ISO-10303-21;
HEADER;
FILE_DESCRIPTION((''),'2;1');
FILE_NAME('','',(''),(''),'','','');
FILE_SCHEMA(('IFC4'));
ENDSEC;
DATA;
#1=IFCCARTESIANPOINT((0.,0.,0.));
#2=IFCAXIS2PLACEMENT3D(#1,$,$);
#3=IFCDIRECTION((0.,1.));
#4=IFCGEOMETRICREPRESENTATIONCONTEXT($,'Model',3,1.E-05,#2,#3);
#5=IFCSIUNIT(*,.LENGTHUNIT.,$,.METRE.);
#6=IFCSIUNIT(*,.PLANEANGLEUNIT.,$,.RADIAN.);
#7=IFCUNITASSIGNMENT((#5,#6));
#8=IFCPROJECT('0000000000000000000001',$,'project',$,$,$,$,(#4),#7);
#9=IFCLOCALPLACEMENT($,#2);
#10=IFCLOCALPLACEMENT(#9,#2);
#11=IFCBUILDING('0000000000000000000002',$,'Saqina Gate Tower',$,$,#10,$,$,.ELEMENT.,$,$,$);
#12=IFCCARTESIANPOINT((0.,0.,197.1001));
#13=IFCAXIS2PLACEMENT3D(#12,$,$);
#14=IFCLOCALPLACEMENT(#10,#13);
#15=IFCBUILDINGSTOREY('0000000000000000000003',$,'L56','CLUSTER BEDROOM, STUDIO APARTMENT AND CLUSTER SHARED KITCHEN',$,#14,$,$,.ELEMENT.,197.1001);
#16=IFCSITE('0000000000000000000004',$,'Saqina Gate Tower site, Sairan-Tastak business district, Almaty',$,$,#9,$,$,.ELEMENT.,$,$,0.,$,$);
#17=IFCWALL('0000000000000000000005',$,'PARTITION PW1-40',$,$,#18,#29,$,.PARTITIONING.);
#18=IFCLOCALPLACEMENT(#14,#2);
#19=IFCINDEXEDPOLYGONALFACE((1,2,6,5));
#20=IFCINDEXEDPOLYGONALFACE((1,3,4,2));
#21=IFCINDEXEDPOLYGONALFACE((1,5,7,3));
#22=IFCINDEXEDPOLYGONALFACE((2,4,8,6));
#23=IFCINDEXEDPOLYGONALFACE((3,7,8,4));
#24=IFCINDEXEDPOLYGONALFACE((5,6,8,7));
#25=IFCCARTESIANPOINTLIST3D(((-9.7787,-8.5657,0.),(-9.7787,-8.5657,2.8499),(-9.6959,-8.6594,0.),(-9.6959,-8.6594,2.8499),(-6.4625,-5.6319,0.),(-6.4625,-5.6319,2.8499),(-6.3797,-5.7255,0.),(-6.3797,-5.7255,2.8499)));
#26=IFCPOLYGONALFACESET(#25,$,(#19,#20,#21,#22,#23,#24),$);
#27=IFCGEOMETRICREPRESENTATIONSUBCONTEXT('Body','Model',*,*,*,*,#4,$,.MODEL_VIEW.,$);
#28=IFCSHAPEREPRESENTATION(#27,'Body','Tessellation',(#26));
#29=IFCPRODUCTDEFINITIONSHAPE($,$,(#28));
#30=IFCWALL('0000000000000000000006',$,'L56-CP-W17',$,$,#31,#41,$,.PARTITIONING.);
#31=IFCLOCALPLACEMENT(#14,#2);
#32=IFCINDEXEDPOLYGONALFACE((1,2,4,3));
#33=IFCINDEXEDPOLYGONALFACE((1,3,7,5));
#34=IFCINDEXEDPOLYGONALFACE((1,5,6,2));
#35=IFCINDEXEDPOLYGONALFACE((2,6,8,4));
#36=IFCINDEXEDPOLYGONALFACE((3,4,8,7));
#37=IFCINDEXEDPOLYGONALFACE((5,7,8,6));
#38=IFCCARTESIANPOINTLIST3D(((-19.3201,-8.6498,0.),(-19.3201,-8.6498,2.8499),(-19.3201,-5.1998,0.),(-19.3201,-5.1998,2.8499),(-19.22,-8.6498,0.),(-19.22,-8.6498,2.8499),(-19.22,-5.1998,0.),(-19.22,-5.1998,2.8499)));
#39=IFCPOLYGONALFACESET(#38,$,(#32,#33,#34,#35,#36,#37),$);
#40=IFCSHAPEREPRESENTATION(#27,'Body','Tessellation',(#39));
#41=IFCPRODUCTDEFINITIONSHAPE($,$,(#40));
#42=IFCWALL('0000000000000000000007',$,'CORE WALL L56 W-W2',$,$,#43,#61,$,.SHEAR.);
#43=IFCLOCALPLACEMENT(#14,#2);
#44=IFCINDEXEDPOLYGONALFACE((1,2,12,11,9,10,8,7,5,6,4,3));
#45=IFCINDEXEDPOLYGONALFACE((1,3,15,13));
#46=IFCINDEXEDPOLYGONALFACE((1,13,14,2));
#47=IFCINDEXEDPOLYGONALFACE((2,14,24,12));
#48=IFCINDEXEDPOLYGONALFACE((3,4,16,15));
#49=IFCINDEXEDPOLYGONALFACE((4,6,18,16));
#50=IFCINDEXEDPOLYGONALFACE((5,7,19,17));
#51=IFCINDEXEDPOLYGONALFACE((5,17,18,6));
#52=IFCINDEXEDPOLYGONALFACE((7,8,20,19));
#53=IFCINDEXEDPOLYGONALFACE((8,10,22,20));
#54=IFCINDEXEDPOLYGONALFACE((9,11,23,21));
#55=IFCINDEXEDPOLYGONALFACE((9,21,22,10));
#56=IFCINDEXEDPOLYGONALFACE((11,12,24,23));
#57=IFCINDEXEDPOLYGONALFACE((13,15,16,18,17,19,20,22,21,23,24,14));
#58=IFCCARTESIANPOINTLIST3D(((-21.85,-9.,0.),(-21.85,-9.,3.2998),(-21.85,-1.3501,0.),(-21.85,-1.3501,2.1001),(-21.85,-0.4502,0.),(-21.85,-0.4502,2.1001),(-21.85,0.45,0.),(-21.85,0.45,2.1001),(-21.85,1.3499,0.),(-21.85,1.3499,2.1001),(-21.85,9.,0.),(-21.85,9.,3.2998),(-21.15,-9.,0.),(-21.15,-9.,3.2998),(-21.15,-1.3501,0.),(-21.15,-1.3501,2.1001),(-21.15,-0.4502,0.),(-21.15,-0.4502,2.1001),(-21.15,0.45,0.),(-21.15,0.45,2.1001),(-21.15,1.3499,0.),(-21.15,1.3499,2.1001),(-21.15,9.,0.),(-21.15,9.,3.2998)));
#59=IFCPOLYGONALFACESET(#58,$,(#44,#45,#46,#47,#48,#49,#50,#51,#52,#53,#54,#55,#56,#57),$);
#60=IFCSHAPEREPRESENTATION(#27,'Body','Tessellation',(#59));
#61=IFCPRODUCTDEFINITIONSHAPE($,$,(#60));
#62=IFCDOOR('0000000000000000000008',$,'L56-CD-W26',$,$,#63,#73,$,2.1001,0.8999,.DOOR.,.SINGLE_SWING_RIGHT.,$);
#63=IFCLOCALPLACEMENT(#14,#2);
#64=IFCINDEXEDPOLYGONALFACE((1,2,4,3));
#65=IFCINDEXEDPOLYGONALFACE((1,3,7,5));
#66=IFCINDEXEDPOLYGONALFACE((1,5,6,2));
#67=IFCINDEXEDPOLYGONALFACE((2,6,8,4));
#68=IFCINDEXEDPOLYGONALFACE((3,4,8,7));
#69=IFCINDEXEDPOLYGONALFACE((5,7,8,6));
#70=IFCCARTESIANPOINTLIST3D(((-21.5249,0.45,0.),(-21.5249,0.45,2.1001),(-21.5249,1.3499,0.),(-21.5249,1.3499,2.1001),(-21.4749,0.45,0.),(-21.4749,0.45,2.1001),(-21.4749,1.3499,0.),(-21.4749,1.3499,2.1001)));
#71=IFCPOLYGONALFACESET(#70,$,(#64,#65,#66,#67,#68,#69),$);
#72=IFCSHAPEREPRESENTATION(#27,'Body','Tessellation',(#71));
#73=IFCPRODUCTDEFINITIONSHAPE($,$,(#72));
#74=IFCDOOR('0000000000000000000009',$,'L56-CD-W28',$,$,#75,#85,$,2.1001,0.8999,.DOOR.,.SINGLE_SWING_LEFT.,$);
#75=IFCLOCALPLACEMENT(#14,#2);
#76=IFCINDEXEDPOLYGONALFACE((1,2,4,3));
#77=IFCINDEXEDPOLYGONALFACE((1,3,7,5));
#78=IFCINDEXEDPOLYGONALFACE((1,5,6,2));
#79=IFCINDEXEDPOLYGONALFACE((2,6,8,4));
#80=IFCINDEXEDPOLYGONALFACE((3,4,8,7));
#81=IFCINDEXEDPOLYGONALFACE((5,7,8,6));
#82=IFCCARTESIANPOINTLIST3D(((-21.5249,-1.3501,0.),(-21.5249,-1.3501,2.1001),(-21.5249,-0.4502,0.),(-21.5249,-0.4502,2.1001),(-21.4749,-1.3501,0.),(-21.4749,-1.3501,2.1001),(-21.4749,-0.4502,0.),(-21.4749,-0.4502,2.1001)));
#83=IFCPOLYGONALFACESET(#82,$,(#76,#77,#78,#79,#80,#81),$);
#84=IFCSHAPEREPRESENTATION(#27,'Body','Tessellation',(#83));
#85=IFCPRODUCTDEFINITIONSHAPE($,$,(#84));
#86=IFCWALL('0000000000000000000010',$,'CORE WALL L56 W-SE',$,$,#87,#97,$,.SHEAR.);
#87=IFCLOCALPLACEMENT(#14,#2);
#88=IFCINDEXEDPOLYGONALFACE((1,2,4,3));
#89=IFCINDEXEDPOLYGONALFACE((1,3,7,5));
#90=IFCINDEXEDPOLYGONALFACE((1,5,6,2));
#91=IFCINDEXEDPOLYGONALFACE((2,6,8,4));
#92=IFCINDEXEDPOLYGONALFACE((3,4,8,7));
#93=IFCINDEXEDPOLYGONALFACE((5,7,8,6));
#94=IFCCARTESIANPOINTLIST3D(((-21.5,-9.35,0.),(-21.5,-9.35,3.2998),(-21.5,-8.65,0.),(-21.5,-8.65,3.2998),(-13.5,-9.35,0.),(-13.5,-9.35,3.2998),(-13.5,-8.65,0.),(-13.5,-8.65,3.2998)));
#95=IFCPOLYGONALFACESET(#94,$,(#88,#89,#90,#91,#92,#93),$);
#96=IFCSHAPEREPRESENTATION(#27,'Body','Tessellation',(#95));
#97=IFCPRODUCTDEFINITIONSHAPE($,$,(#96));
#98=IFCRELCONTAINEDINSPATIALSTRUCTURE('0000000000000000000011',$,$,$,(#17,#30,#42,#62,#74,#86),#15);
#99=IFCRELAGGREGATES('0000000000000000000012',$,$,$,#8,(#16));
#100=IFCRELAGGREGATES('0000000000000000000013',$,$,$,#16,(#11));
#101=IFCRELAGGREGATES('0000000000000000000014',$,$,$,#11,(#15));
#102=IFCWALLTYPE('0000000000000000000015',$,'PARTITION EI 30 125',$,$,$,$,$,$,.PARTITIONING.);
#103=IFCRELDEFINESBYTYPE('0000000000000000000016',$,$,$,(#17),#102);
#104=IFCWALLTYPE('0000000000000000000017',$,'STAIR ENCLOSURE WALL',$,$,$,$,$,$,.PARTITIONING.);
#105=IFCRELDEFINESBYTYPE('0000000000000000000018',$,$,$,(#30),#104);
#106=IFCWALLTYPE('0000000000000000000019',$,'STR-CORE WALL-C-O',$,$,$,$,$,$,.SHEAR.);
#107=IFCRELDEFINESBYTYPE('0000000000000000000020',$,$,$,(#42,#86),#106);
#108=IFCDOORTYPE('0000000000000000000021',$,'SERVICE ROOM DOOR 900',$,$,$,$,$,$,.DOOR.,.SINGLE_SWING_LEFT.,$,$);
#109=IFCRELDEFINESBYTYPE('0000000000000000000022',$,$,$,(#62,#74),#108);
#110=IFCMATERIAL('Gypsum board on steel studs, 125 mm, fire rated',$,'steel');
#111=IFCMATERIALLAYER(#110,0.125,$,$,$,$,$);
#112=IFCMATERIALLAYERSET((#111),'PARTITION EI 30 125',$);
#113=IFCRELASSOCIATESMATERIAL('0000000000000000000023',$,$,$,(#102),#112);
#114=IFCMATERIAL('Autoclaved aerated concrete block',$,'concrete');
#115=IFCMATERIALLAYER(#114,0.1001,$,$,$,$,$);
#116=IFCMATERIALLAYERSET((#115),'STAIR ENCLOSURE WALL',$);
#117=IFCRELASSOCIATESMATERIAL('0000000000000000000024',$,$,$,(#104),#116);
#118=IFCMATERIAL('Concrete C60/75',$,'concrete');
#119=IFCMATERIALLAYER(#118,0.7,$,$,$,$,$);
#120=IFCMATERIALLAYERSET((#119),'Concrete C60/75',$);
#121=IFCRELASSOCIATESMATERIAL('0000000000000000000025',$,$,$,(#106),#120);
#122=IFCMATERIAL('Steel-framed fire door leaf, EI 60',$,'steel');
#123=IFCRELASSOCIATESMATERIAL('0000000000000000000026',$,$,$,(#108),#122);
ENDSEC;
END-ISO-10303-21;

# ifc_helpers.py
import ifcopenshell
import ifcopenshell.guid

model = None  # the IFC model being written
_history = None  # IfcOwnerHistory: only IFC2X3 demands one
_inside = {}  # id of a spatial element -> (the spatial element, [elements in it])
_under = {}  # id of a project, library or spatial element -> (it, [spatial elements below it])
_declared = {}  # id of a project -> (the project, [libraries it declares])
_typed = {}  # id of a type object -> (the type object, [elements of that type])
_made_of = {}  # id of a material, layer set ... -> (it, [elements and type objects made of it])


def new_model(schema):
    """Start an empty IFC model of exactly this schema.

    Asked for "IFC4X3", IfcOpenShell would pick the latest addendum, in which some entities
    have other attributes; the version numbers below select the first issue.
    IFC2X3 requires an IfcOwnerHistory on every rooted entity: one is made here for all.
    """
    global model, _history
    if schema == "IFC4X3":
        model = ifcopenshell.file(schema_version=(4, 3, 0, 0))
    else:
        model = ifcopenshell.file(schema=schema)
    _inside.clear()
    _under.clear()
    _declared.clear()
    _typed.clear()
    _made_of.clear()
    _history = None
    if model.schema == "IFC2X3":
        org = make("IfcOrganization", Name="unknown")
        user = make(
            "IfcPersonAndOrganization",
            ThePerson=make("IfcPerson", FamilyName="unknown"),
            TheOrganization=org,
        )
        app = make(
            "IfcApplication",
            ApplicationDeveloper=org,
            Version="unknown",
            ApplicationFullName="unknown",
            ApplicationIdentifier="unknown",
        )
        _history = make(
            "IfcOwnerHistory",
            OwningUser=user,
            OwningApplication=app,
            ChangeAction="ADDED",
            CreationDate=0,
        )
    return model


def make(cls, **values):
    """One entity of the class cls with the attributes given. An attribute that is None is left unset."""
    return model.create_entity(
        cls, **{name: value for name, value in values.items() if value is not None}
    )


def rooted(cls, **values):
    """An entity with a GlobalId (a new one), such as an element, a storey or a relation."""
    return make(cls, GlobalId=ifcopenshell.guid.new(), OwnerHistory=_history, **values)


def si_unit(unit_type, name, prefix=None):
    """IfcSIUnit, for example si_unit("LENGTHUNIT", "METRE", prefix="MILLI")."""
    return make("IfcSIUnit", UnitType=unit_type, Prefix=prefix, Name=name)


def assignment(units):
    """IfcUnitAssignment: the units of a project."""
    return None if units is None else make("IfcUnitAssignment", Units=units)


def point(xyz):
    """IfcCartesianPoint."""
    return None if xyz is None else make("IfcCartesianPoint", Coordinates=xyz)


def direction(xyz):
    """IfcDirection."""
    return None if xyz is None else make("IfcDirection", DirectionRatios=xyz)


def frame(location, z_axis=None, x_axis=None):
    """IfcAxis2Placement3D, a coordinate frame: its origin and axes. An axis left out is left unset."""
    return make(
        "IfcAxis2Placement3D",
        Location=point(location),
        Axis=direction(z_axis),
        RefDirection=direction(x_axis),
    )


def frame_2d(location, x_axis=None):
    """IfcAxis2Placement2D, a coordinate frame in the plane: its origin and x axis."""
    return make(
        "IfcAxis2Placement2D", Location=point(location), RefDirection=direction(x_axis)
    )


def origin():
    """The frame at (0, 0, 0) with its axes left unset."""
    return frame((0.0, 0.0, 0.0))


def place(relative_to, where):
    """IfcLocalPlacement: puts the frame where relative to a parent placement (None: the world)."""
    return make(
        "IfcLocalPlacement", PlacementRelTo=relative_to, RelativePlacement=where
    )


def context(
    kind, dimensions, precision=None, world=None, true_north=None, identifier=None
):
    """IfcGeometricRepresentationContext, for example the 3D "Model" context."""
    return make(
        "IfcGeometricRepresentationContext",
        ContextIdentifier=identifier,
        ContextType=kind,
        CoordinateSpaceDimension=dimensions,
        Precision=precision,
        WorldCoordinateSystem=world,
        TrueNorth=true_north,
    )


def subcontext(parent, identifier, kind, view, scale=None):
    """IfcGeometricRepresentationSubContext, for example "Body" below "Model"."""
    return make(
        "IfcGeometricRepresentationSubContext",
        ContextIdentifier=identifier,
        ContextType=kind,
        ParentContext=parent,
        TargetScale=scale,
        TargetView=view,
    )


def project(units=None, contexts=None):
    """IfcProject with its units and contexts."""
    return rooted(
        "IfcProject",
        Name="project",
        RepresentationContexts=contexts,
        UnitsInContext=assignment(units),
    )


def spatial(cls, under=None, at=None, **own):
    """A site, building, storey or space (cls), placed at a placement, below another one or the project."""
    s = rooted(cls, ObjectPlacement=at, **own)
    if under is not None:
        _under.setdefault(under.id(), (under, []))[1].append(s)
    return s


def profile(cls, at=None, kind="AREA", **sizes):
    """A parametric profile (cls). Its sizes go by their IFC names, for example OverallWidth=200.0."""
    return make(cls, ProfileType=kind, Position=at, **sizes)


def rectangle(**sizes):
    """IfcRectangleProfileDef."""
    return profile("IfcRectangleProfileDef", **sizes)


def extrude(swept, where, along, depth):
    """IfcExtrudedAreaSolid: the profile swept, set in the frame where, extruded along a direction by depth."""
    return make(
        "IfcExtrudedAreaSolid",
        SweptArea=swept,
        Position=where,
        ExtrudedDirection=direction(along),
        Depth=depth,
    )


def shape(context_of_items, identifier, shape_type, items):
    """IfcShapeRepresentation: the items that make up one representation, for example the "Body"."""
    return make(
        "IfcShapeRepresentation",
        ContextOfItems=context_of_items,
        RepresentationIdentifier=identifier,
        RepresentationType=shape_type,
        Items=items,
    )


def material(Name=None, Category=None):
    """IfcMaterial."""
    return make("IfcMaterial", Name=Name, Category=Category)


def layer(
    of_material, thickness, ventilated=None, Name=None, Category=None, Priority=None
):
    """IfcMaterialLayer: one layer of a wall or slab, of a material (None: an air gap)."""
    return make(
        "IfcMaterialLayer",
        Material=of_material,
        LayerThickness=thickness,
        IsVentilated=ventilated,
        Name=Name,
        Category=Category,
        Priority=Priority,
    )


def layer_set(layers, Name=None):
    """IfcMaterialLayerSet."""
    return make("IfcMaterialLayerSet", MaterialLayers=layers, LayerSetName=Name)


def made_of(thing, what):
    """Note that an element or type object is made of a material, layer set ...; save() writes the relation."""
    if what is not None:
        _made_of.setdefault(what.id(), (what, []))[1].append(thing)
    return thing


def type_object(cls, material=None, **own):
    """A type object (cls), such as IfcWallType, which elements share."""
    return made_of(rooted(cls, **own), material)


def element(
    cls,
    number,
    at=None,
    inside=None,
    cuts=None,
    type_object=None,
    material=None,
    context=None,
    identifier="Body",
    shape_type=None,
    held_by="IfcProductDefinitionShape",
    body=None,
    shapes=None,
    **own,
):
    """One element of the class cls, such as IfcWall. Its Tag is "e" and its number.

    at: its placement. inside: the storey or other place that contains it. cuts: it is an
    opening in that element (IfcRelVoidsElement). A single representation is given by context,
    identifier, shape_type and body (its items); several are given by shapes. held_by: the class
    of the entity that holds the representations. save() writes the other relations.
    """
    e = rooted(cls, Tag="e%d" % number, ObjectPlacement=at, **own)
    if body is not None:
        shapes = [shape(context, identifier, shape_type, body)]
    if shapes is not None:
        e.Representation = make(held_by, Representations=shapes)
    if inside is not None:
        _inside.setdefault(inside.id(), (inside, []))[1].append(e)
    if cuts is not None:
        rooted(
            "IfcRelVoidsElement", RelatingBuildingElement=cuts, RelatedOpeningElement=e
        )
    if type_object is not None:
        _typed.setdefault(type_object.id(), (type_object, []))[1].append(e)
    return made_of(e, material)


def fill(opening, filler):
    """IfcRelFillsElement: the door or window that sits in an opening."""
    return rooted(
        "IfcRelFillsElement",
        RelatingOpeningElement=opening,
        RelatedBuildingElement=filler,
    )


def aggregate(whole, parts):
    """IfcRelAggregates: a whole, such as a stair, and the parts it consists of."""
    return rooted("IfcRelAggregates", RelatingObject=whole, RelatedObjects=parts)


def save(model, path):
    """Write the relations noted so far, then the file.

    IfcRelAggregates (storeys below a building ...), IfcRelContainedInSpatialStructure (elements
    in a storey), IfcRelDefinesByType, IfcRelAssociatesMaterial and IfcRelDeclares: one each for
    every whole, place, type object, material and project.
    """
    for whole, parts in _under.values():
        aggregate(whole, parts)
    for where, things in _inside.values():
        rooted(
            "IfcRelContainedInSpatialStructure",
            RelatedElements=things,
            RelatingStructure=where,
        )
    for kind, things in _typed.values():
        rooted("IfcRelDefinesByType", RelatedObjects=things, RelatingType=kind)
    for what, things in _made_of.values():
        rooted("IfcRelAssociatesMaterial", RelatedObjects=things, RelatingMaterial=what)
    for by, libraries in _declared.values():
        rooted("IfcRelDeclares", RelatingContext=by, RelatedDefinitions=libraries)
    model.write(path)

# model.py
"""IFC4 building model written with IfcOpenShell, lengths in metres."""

from ifc_helpers import new_model, si_unit, direction, frame, frame_2d, origin, place, context, subcontext, project, spatial, rectangle, extrude, material, layer, layer_set, type_object, element, fill, save


model = new_model("IFC4")

# Units and contexts
model_context = context("Model", 3, precision=1e-05, world=origin(), true_north=direction((0.0, 1.0)))
body_context = subcontext(model_context, "Body", "Model", "MODEL_VIEW")
ifc_project = project(units=[si_unit("LENGTHUNIT", "METRE"), si_unit("PLANEANGLEUNIT", "RADIAN")], contexts=[model_context])

# Site, building, storey
site_placement = place(None, origin())
site = spatial("IfcSite", under=ifc_project, at=site_placement, Name="Saqina Gate Tower site, Sairan-Tastak business district, Almaty", CompositionType="ELEMENT", RefElevation=0.0)
building_placement = place(site_placement, origin())
building = spatial("IfcBuilding", under=site, at=building_placement, Name="Saqina Gate Tower", CompositionType="ELEMENT")
storey_placement = place(building_placement, frame((0.0, 0.0, 197.1001)))
storey = spatial("IfcBuildingStorey", under=building, at=storey_placement, Name="L56", Description="CLUSTER BEDROOM, STUDIO APARTMENT AND CLUSTER SHARED KITCHEN", CompositionType="ELEMENT", Elevation=197.1001)

# Shared definitions
ifc_material_1 = material(Name="Gypsum board on steel studs, 125 mm, fire rated", Category="steel")
ifc_layer_1 = layer(ifc_material_1, 0.125)
ifc_layer_set_1 = layer_set([ifc_layer_1], Name="PARTITION EI 30 125")
wall_type_1 = type_object("IfcWallType", Name="PARTITION EI 30 125", PredefinedType="PARTITIONING", material=ifc_layer_set_1)

# Walls
wall_1_placement = place(storey_placement, frame((-9.7373, -8.6125, 0.0), z_axis=(0.0, 0.0, 1.0), x_axis=(0.748962, 0.662613, 0.0)))
element("IfcWall", 1, at=wall_1_placement, inside=storey, type_object=wall_type_1, Name="PARTITION PW1-40", PredefinedType="PARTITIONING", context=body_context, shape_type="SweptSolid", body=[
    extrude(rectangle(XDim=4.4277, YDim=0.125, at=frame_2d((2.2139, 0.0))), origin(), (0.0, 0.0, 1.0), 2.8499),
])
ifc_material_2 = material(Name="Autoclaved aerated concrete block", Category="concrete")
ifc_layer_2 = layer(ifc_material_2, 0.1001)
ifc_layer_set_2 = layer_set([ifc_layer_2], Name="STAIR ENCLOSURE WALL")
wall_type_2 = type_object("IfcWallType", Name="STAIR ENCLOSURE WALL", PredefinedType="PARTITIONING", material=ifc_layer_set_2)
wall_2_placement = place(storey_placement, frame((-19.27, -8.6499, 0.0), z_axis=(0.0, 0.0, 1.0), x_axis=(0.0, 1.0, 0.0)))
element("IfcWall", 2, at=wall_2_placement, inside=storey, type_object=wall_type_2, Name="L56-CP-W17", PredefinedType="PARTITIONING", context=body_context, shape_type="SweptSolid", body=[
    extrude(rectangle(XDim=3.45, YDim=0.1001, at=frame_2d((1.7251, 0.0))), origin(), (0.0, 0.0, 1.0), 2.8499),
])

# Wall, openings, doors
ifc_material_3 = material(Name="Concrete C60/75", Category="concrete")
ifc_layer_3 = layer(ifc_material_3, 0.7)
ifc_layer_set_3 = layer_set([ifc_layer_3], Name="Concrete C60/75")
wall_type_3 = type_object("IfcWallType", Name="STR-CORE WALL-C-O", PredefinedType="SHEAR", material=ifc_layer_set_3)
wall_3_placement = place(storey_placement, frame((-21.5, -9.0, 0.0), z_axis=(0.0, 0.0, 1.0), x_axis=(0.0, 1.0, 0.0)))
wall_3 = element("IfcWall", 3, at=wall_3_placement, inside=storey, type_object=wall_type_3, Name="CORE WALL L56 W-W2", PredefinedType="SHEAR", context=body_context, shape_type="SweptSolid", body=[
    extrude(rectangle(XDim=18.0, YDim=0.7, at=frame_2d((9.0, 0.0))), origin(), (0.0, 0.0, 1.0), 3.2998),
])
opening_1_placement = place(wall_3_placement, frame((9.45, 0.0, 0.0)))
opening_1 = element("IfcOpeningElement", 4, at=opening_1_placement, cuts=wall_3, PredefinedType="OPENING", context=body_context, shape_type="SweptSolid", body=[
    extrude(rectangle(XDim=0.8999, YDim=2.1001, at=frame_2d((0.45, 1.05))), frame((0.0, 0.3621, 0.0), z_axis=(0.0, -1.0, 0.0), x_axis=(1.0, 0.0, 0.0)), (0.0, 0.0, 1.0), 0.7239),
])
opening_2_placement = place(wall_3_placement, frame((7.6499, 0.0, 0.0)))
opening_2 = element("IfcOpeningElement", 5, at=opening_2_placement, cuts=wall_3, PredefinedType="OPENING", context=body_context, shape_type="SweptSolid", body=[
    extrude(rectangle(XDim=0.8999, YDim=2.1001, at=frame_2d((0.45, 1.05))), frame((0.0, 0.3621, 0.0), z_axis=(0.0, -1.0, 0.0), x_axis=(1.0, 0.0, 0.0)), (0.0, 0.0, 1.0), 0.7239),
])
ifc_material_4 = material(Name="Steel-framed fire door leaf, EI 60", Category="steel")
door_type_1 = type_object("IfcDoorType", Name="SERVICE ROOM DOOR 900", OperationType="SINGLE_SWING_LEFT", PredefinedType="DOOR", material=ifc_material_4)
door_1_placement = place(opening_1_placement, origin())
door_1 = element("IfcDoor", 6, at=door_1_placement, inside=storey, type_object=door_type_1, Name="L56-CD-W26", OperationType="SINGLE_SWING_RIGHT", OverallHeight=2.1001, OverallWidth=0.8999, PredefinedType="DOOR", context=body_context, shape_type="SweptSolid", body=[
    extrude(rectangle(XDim=0.8999, YDim=2.1001, at=frame_2d((0.45, 1.05))), frame((0.0, 0.0249, 0.0), z_axis=(0.0, -1.0, 0.0), x_axis=(1.0, 0.0, 0.0)), (0.0, 0.0, 1.0), 0.05),
])
fill(opening_1, door_1)
door_2_placement = place(opening_2_placement, origin())
door_2 = element("IfcDoor", 7, at=door_2_placement, inside=storey, type_object=door_type_1, Name="L56-CD-W28", OperationType="SINGLE_SWING_LEFT", OverallHeight=2.1001, OverallWidth=0.8999, PredefinedType="DOOR", context=body_context, shape_type="SweptSolid", body=[
    extrude(rectangle(XDim=0.8999, YDim=2.1001, at=frame_2d((0.45, 1.05))), frame((0.0, 0.0249, 0.0), z_axis=(0.0, -1.0, 0.0), x_axis=(1.0, 0.0, 0.0)), (0.0, 0.0, 1.0), 0.05),
])
fill(opening_2, door_2)

# Wall
wall_4_placement = place(storey_placement, frame((-13.5, -9.0, 0.0), z_axis=(0.0, 0.0, 1.0), x_axis=(-1.0, 0.0, 0.0)))
element("IfcWall", 8, at=wall_4_placement, inside=storey, type_object=wall_type_3, Name="CORE WALL L56 W-SE", PredefinedType="SHEAR", context=body_context, shape_type="SweptSolid", body=[
    extrude(rectangle(XDim=8.0, YDim=0.7, at=frame_2d((4.0, 0.0))), origin(), (0.0, 0.0, 1.0), 3.2998),
])

save(model, "model.ifc")
